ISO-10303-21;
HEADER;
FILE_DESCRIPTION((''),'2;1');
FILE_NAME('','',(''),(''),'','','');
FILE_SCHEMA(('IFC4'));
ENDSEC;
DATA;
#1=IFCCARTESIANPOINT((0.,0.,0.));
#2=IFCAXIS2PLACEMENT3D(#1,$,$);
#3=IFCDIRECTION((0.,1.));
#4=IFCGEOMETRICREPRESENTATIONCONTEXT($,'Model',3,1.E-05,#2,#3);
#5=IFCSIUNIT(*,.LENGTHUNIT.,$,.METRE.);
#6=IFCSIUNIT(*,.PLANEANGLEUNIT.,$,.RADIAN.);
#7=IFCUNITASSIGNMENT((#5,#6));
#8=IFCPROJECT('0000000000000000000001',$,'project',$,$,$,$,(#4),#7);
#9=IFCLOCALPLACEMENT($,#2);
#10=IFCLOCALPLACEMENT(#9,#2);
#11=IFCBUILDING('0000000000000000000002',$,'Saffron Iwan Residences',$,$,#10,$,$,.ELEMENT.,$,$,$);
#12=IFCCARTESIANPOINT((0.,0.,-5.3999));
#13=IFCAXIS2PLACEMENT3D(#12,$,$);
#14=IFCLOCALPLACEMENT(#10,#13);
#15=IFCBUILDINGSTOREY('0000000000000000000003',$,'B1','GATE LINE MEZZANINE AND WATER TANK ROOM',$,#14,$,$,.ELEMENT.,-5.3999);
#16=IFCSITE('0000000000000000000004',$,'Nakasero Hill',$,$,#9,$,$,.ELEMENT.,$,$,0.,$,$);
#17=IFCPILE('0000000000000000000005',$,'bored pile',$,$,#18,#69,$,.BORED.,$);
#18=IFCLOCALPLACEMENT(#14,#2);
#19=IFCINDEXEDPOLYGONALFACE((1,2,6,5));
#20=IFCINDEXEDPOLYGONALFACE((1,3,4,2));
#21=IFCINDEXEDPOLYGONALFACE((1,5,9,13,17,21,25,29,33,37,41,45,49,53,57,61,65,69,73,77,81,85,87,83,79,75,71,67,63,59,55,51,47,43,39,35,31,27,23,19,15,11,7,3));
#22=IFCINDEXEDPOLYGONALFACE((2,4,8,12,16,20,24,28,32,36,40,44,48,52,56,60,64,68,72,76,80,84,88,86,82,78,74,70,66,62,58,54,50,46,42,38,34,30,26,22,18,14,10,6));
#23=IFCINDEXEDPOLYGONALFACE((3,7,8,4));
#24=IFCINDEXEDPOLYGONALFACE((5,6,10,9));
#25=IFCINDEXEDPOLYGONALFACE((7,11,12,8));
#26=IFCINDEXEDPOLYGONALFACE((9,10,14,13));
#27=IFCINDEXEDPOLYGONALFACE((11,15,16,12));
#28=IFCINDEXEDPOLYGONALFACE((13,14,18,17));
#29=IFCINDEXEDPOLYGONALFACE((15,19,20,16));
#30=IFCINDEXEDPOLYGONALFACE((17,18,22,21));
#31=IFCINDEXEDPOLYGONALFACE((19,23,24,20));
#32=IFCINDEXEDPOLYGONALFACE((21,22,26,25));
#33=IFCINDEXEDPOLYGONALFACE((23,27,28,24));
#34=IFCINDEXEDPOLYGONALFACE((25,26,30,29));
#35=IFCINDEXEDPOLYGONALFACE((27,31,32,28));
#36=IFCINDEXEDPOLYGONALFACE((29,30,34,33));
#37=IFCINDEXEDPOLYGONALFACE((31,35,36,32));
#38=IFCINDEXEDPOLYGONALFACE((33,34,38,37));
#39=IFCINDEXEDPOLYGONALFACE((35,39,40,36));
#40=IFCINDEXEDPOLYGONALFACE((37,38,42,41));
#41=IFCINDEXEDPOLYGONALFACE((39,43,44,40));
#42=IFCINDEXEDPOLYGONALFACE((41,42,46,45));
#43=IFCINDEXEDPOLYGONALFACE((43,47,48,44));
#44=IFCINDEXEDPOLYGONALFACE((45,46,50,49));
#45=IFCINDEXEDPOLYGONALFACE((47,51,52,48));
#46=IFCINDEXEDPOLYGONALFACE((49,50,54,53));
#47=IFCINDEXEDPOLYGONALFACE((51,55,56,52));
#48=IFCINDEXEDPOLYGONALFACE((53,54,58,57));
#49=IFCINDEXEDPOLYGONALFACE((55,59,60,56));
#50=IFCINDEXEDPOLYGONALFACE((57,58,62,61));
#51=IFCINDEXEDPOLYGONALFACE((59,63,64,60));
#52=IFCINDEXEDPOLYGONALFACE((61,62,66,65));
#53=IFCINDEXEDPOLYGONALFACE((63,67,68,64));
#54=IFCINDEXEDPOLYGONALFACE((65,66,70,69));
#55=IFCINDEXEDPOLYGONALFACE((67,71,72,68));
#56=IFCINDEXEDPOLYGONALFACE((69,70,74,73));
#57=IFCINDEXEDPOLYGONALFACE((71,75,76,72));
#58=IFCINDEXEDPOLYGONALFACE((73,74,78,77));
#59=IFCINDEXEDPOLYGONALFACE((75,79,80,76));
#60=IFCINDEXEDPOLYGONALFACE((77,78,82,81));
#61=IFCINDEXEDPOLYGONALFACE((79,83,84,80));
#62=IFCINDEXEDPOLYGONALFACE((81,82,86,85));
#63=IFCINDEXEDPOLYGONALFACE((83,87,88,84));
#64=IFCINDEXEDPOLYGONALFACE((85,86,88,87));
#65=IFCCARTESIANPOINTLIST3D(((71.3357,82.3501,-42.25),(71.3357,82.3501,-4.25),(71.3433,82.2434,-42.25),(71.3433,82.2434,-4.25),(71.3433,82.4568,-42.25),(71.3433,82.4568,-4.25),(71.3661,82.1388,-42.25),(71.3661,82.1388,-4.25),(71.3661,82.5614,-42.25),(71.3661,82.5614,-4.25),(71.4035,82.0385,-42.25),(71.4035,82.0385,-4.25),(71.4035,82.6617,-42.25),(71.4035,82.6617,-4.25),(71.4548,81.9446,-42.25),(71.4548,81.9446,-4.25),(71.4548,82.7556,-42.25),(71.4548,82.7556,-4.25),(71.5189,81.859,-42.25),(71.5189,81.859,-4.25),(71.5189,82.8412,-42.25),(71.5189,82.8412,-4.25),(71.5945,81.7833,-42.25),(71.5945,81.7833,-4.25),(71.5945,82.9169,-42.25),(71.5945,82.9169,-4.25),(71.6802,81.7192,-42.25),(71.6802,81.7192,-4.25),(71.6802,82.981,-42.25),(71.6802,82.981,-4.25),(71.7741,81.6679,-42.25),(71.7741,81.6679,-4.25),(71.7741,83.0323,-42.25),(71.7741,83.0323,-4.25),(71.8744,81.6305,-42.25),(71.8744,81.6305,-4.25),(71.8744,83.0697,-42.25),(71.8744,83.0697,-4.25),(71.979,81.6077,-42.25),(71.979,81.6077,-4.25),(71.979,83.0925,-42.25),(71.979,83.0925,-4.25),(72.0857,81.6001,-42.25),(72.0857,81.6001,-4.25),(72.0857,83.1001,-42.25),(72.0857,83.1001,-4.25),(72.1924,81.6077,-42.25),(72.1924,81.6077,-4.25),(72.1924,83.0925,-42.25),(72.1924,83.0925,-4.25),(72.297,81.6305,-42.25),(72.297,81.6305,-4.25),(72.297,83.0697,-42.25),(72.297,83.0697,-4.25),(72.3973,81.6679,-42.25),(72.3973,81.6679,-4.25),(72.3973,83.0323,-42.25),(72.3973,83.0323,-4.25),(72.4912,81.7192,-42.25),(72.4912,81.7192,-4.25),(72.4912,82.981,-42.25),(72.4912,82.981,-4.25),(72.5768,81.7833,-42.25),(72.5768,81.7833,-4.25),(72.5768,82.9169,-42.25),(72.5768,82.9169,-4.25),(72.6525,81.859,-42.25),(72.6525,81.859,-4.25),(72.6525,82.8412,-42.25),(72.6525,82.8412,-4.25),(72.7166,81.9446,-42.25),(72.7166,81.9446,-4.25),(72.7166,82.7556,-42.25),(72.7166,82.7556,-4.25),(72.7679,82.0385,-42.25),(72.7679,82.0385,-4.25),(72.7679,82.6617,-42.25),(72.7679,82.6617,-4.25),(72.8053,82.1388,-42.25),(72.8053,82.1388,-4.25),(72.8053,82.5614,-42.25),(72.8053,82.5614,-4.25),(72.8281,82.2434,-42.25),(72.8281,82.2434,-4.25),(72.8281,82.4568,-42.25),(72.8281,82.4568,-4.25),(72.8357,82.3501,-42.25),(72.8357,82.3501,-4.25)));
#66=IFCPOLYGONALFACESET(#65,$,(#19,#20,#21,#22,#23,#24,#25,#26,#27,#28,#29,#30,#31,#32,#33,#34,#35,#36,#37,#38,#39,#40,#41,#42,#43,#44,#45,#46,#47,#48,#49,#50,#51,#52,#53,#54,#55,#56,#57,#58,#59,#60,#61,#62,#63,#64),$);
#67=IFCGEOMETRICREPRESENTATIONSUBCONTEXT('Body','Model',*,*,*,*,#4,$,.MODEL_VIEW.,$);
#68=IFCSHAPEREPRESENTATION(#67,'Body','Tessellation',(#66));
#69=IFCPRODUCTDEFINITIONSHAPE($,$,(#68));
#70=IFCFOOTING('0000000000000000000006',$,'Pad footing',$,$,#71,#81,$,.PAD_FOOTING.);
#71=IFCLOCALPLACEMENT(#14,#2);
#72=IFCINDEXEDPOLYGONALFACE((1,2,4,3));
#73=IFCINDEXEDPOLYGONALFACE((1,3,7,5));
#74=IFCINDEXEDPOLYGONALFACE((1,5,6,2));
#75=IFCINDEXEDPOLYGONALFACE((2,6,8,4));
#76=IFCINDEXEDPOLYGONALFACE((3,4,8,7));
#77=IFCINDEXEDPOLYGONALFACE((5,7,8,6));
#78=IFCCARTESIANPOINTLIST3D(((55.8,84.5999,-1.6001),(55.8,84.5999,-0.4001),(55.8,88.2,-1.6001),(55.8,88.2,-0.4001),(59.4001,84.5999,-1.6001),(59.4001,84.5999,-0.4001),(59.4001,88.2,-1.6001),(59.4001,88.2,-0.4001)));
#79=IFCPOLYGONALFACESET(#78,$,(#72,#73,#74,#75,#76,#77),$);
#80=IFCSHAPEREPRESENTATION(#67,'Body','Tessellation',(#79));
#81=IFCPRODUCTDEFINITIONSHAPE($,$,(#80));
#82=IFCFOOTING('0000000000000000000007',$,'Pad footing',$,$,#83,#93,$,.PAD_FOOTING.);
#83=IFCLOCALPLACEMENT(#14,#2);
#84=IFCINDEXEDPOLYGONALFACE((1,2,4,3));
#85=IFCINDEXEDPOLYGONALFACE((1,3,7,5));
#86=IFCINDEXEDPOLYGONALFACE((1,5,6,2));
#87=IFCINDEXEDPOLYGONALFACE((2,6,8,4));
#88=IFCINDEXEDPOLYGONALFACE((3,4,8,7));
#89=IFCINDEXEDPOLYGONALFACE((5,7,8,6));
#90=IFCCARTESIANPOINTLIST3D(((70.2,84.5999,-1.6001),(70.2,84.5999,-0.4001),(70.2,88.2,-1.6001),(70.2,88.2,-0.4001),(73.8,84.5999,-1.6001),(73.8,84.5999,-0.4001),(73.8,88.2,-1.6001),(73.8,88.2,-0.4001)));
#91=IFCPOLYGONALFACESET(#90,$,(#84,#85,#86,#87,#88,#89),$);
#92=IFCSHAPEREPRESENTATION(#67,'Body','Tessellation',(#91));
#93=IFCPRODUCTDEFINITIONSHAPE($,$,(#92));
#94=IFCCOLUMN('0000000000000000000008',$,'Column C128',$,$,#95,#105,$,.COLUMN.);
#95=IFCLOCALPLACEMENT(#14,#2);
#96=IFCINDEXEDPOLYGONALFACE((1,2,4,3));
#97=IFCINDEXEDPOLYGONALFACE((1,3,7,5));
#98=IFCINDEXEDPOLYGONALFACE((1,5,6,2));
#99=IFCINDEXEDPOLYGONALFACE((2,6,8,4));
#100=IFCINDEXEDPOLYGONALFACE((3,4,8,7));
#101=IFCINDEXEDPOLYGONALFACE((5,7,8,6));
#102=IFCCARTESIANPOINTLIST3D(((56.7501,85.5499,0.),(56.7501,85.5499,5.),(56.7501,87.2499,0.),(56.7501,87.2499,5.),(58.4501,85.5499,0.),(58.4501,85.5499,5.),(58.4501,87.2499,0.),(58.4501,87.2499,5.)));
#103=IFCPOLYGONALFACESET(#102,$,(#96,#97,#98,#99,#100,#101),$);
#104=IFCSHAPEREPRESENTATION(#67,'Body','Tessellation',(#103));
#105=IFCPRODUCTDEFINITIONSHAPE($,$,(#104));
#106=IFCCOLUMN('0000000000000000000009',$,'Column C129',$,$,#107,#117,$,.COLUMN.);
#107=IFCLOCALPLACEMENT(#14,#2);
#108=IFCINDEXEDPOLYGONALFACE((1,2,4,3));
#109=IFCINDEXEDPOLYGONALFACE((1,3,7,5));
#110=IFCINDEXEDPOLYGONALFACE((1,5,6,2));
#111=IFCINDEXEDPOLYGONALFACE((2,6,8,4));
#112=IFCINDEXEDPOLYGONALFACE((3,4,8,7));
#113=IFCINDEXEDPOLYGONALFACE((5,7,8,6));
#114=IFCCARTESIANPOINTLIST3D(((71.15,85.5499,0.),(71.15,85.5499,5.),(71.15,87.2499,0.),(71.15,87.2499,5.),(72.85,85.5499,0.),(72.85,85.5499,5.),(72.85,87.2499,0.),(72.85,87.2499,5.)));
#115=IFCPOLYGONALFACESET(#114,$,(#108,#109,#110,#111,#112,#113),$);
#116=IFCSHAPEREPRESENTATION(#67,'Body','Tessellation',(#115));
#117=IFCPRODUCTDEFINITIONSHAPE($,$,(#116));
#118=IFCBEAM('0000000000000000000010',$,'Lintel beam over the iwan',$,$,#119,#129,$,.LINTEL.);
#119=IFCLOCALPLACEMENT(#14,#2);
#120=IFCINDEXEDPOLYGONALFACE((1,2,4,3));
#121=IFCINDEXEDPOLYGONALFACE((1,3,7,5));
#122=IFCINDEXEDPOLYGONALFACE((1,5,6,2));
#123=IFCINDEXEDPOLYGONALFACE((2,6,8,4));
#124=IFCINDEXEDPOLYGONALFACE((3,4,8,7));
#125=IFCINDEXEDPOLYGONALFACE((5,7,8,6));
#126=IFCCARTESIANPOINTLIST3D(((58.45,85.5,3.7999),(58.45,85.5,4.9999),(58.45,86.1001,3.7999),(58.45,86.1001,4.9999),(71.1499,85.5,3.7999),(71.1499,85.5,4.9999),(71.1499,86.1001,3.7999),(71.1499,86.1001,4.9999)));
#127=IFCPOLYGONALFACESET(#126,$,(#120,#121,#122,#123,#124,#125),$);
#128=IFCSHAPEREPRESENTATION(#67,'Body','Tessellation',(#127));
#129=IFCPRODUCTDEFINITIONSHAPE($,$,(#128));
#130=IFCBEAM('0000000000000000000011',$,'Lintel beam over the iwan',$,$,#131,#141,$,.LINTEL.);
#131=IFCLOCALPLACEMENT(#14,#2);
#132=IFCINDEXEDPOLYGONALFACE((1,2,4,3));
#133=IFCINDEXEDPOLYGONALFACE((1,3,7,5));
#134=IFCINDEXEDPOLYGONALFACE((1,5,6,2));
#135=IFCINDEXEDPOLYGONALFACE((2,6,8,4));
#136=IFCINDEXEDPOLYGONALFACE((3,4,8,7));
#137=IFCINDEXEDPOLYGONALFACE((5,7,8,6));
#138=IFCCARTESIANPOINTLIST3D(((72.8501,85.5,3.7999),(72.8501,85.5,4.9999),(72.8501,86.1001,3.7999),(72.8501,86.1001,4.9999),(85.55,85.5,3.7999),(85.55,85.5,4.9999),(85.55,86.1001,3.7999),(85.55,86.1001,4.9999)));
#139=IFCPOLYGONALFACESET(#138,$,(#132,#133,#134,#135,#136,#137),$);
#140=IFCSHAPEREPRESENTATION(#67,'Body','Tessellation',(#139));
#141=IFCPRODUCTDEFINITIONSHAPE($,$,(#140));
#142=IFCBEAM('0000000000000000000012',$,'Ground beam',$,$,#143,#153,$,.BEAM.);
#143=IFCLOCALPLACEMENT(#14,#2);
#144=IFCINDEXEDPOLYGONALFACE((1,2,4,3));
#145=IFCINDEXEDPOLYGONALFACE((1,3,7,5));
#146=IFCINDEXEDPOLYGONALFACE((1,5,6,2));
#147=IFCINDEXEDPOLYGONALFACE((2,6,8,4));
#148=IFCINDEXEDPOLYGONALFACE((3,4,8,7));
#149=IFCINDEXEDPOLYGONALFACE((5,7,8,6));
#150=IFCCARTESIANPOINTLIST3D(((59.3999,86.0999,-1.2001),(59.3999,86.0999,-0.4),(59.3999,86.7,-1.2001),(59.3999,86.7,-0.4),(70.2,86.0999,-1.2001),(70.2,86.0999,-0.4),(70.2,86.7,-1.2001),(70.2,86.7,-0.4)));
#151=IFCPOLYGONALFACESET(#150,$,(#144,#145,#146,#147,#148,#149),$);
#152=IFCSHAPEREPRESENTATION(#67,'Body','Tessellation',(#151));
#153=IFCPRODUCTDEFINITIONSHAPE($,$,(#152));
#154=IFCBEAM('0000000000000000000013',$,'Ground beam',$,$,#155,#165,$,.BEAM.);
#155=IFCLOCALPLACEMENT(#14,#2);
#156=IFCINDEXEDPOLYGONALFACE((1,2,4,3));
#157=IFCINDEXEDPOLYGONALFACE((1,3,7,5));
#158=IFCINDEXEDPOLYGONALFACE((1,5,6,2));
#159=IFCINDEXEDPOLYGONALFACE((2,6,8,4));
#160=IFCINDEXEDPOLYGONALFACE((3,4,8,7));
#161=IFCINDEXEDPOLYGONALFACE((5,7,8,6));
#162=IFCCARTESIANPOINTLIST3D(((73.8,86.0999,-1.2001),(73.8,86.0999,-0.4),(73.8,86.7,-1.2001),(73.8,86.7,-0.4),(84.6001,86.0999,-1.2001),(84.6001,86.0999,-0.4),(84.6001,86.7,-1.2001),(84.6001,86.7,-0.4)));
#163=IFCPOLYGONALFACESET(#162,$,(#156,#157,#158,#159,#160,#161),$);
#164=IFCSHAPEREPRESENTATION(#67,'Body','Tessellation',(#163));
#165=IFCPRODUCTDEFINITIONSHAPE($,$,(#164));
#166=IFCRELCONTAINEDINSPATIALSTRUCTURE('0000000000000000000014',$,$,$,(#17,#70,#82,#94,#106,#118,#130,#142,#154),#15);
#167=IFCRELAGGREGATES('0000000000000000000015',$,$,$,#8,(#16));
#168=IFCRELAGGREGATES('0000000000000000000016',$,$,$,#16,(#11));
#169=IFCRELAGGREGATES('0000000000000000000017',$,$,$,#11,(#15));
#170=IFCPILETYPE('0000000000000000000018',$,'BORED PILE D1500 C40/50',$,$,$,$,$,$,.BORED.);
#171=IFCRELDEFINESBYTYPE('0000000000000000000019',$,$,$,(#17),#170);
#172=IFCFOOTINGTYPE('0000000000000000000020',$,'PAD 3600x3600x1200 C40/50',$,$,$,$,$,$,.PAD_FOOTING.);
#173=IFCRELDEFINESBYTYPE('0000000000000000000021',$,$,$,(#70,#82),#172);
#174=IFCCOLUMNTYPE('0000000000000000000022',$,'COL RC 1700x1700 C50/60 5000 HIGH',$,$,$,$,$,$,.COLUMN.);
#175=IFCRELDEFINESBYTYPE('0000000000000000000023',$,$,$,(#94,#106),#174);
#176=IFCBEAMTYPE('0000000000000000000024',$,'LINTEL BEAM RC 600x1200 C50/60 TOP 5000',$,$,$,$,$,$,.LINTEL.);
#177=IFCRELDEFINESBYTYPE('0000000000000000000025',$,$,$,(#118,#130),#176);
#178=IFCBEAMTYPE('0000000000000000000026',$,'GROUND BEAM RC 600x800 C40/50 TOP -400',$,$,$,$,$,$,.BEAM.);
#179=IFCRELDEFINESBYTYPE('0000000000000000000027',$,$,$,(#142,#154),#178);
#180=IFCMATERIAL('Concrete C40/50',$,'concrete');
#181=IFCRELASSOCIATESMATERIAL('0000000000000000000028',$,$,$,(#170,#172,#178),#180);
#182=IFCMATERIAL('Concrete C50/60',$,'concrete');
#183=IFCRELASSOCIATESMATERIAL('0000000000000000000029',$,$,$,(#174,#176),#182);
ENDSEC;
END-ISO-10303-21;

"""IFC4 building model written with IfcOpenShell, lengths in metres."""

from ifc_helpers import new_model, si_unit, direction, frame, origin, origin_2d, place, context, subcontext, project, spatial, rectangle, circle, extrude, source, transform, mapped, material, material_profile, profile_set, type_object, element, save


model = new_model("IFC4")

# Units and contexts
model_context = context("Model", 3, precision=1e-05, world=origin(), true_north=direction((0.0, 1.0)))
body_context = subcontext(model_context, "Body", "Model", "MODEL_VIEW")
ifc_project = project(units=[si_unit("LENGTHUNIT", "METRE"), si_unit("PLANEANGLEUNIT", "RADIAN")], contexts=[model_context])

# Site, building, storey
site_placement = place(None, origin())
site = spatial("IfcSite", under=ifc_project, at=site_placement, Name="Nakasero Hill", CompositionType="ELEMENT", RefElevation=0.0)
building_placement = place(site_placement, origin())
building = spatial("IfcBuilding", under=site, at=building_placement, Name="Saffron Iwan Residences", CompositionType="ELEMENT")
storey_placement = place(building_placement, frame((0.0, 0.0, -5.3999)))
storey = spatial("IfcBuildingStorey", under=building, at=storey_placement, Name="B1", Description="GATE LINE MEZZANINE AND WATER TANK ROOM", CompositionType="ELEMENT", Elevation=-5.3999)

# Pile
ifc_material_1 = material(Name="Concrete C40/50", Category="concrete")
ifc_material_profile_1 = material_profile(ifc_material_1, circle(Radius=0.75, at=origin_2d()), Name="RC D1500")
ifc_profile_set_1 = profile_set([ifc_material_profile_1], Name="Concrete C40/50")
pile_type = type_object("IfcPileType", Name="BORED PILE D1500 C40/50", PredefinedType="BORED", material=ifc_profile_set_1)
for number, where, z_axis, x_axis, name in (
    (1, (72.0857, 82.3501, -4.25), (0.0, 0.0, -1.0), (1.0, 0.0, 0.0), "bored pile"),
):
    element("IfcPile", number, at=place(storey_placement, frame(where, z_axis=z_axis, x_axis=x_axis)), inside=storey, type_object=pile_type, Name=name, PredefinedType="BORED", context=body_context, shape_type="SweptSolid", body=[
        extrude(circle(Radius=0.75, at=origin_2d()), origin(), (0.0, 0.0, 1.0), 38.0),
    ])

# Footings
footing_type = type_object("IfcFootingType", Name="PAD 3600x3600x1200 C40/50", PredefinedType="PAD_FOOTING", material=ifc_material_1)
shared_shape_1 = source(origin(), body_context, "Body", "SweptSolid", [
    extrude(rectangle(XDim=3.6001, YDim=3.6001, at=origin_2d()), origin(), (0.0, 0.0, 1.0), 1.2),
])
for number, where, z_axis, x_axis, name in (
    (2, (57.6001, 86.3999, -1.6001), (0.0, 0.0, 1.0), (1.0, 0.0, 0.0), "Pad footing"),
    (3, (72.0, 86.3999, -1.6001), (0.0, 0.0, 1.0), (1.0, 0.0, 0.0), "Pad footing"),
):
    element("IfcFooting", number, at=place(storey_placement, frame(where, z_axis=z_axis, x_axis=x_axis)), inside=storey, type_object=footing_type, Name=name, PredefinedType="PAD_FOOTING", context=body_context, shape_type="MappedRepresentation", body=[
        mapped(shared_shape_1, transform((0.0, 0.0, 0.0))),
    ])

# Columns
ifc_material_2 = material(Name="Concrete C50/60", Category="concrete")
ifc_material_profile_2 = material_profile(ifc_material_2, rectangle(XDim=1.7, YDim=1.7, at=origin_2d()), Name="RC 1700x1700")
ifc_profile_set_2 = profile_set([ifc_material_profile_2], Name="Concrete C50/60")
column_type = type_object("IfcColumnType", Name="COL RC 1700x1700 C50/60 5000 HIGH", PredefinedType="COLUMN", material=ifc_profile_set_2)
shared_shape_2 = source(origin(), body_context, "Body", "SweptSolid", [
    extrude(rectangle(XDim=1.7, YDim=1.7, at=origin_2d()), origin(), (0.0, 0.0, 1.0), 5.0),
])
for number, where, z_axis, x_axis, name in (
    (4, (57.6001, 86.3999, 0.0), (0.0, 0.0, 1.0), (1.0, 0.0, 0.0), "Column C128"),
    (5, (72.0, 86.3999, 0.0), (0.0, 0.0, 1.0), (1.0, 0.0, 0.0), "Column C129"),
):
    element("IfcColumn", number, at=place(storey_placement, frame(where, z_axis=z_axis, x_axis=x_axis)), inside=storey, type_object=column_type, Name=name, PredefinedType="COLUMN", context=body_context, shape_type="MappedRepresentation", body=[
        mapped(shared_shape_2, transform((0.0, 0.0, 0.0))),
    ])

# Beams
ifc_material_profile_3 = material_profile(ifc_material_2, rectangle(XDim=0.6001, YDim=1.2, at=origin_2d()), Name="RC 600x1200")
ifc_profile_set_3 = profile_set([ifc_material_profile_3], Name="Concrete C50/60")
beam_type_1 = type_object("IfcBeamType", Name="LINTEL BEAM RC 600x1200 C50/60 TOP 5000", PredefinedType="LINTEL", material=ifc_profile_set_3)
shared_shape_3 = source(origin(), body_context, "Body", "SweptSolid", [
    extrude(rectangle(XDim=0.6001, YDim=1.2, at=origin_2d()), origin(), (0.0, 0.0, 1.0), 12.7),
])
for number, where, z_axis, x_axis, name in (
    (6, (58.45, 85.8, 4.3999), (1.0, 0.0, 0.0), (0.0, 1.0, 0.0), "Lintel beam over the iwan"),
    (7, (72.8501, 85.8, 4.3999), (1.0, 0.0, 0.0), (0.0, 1.0, 0.0), "Lintel beam over the iwan"),
):
    element("IfcBeam", number, at=place(storey_placement, frame(where, z_axis=z_axis, x_axis=x_axis)), inside=storey, type_object=beam_type_1, Name=name, PredefinedType="LINTEL", context=body_context, shape_type="MappedRepresentation", body=[
        mapped(shared_shape_3, transform((0.0, 0.0, 0.0))),
    ])
ifc_material_profile_4 = material_profile(ifc_material_1, rectangle(XDim=0.6001, YDim=0.8, at=origin_2d()), Name="RC 600x800")
ifc_profile_set_4 = profile_set([ifc_material_profile_4], Name="Concrete C40/50")
beam_type_2 = type_object("IfcBeamType", Name="GROUND BEAM RC 600x800 C40/50 TOP -400", PredefinedType="BEAM", material=ifc_profile_set_4)
shared_shape_4 = source(origin(), body_context, "Body", "SweptSolid", [
    extrude(rectangle(XDim=0.6001, YDim=0.8, at=origin_2d()), origin(), (0.0, 0.0, 1.0), 10.8),
])
for number, where, z_axis, x_axis, name in (
    (8, (59.3999, 86.3999, -0.8), (1.0, 0.0, 0.0), (0.0, 1.0, 0.0), "Ground beam"),
    (9, (73.8, 86.3999, -0.8), (1.0, 0.0, 0.0), (0.0, 1.0, 0.0), "Ground beam"),
):
    element("IfcBeam", number, at=place(storey_placement, frame(where, z_axis=z_axis, x_axis=x_axis)), inside=storey, type_object=beam_type_2, Name=name, PredefinedType="BEAM", context=body_context, shape_type="MappedRepresentation", body=[
        mapped(shared_shape_4, transform((0.0, 0.0, 0.0))),
    ])

save(model, "model.ifc")
